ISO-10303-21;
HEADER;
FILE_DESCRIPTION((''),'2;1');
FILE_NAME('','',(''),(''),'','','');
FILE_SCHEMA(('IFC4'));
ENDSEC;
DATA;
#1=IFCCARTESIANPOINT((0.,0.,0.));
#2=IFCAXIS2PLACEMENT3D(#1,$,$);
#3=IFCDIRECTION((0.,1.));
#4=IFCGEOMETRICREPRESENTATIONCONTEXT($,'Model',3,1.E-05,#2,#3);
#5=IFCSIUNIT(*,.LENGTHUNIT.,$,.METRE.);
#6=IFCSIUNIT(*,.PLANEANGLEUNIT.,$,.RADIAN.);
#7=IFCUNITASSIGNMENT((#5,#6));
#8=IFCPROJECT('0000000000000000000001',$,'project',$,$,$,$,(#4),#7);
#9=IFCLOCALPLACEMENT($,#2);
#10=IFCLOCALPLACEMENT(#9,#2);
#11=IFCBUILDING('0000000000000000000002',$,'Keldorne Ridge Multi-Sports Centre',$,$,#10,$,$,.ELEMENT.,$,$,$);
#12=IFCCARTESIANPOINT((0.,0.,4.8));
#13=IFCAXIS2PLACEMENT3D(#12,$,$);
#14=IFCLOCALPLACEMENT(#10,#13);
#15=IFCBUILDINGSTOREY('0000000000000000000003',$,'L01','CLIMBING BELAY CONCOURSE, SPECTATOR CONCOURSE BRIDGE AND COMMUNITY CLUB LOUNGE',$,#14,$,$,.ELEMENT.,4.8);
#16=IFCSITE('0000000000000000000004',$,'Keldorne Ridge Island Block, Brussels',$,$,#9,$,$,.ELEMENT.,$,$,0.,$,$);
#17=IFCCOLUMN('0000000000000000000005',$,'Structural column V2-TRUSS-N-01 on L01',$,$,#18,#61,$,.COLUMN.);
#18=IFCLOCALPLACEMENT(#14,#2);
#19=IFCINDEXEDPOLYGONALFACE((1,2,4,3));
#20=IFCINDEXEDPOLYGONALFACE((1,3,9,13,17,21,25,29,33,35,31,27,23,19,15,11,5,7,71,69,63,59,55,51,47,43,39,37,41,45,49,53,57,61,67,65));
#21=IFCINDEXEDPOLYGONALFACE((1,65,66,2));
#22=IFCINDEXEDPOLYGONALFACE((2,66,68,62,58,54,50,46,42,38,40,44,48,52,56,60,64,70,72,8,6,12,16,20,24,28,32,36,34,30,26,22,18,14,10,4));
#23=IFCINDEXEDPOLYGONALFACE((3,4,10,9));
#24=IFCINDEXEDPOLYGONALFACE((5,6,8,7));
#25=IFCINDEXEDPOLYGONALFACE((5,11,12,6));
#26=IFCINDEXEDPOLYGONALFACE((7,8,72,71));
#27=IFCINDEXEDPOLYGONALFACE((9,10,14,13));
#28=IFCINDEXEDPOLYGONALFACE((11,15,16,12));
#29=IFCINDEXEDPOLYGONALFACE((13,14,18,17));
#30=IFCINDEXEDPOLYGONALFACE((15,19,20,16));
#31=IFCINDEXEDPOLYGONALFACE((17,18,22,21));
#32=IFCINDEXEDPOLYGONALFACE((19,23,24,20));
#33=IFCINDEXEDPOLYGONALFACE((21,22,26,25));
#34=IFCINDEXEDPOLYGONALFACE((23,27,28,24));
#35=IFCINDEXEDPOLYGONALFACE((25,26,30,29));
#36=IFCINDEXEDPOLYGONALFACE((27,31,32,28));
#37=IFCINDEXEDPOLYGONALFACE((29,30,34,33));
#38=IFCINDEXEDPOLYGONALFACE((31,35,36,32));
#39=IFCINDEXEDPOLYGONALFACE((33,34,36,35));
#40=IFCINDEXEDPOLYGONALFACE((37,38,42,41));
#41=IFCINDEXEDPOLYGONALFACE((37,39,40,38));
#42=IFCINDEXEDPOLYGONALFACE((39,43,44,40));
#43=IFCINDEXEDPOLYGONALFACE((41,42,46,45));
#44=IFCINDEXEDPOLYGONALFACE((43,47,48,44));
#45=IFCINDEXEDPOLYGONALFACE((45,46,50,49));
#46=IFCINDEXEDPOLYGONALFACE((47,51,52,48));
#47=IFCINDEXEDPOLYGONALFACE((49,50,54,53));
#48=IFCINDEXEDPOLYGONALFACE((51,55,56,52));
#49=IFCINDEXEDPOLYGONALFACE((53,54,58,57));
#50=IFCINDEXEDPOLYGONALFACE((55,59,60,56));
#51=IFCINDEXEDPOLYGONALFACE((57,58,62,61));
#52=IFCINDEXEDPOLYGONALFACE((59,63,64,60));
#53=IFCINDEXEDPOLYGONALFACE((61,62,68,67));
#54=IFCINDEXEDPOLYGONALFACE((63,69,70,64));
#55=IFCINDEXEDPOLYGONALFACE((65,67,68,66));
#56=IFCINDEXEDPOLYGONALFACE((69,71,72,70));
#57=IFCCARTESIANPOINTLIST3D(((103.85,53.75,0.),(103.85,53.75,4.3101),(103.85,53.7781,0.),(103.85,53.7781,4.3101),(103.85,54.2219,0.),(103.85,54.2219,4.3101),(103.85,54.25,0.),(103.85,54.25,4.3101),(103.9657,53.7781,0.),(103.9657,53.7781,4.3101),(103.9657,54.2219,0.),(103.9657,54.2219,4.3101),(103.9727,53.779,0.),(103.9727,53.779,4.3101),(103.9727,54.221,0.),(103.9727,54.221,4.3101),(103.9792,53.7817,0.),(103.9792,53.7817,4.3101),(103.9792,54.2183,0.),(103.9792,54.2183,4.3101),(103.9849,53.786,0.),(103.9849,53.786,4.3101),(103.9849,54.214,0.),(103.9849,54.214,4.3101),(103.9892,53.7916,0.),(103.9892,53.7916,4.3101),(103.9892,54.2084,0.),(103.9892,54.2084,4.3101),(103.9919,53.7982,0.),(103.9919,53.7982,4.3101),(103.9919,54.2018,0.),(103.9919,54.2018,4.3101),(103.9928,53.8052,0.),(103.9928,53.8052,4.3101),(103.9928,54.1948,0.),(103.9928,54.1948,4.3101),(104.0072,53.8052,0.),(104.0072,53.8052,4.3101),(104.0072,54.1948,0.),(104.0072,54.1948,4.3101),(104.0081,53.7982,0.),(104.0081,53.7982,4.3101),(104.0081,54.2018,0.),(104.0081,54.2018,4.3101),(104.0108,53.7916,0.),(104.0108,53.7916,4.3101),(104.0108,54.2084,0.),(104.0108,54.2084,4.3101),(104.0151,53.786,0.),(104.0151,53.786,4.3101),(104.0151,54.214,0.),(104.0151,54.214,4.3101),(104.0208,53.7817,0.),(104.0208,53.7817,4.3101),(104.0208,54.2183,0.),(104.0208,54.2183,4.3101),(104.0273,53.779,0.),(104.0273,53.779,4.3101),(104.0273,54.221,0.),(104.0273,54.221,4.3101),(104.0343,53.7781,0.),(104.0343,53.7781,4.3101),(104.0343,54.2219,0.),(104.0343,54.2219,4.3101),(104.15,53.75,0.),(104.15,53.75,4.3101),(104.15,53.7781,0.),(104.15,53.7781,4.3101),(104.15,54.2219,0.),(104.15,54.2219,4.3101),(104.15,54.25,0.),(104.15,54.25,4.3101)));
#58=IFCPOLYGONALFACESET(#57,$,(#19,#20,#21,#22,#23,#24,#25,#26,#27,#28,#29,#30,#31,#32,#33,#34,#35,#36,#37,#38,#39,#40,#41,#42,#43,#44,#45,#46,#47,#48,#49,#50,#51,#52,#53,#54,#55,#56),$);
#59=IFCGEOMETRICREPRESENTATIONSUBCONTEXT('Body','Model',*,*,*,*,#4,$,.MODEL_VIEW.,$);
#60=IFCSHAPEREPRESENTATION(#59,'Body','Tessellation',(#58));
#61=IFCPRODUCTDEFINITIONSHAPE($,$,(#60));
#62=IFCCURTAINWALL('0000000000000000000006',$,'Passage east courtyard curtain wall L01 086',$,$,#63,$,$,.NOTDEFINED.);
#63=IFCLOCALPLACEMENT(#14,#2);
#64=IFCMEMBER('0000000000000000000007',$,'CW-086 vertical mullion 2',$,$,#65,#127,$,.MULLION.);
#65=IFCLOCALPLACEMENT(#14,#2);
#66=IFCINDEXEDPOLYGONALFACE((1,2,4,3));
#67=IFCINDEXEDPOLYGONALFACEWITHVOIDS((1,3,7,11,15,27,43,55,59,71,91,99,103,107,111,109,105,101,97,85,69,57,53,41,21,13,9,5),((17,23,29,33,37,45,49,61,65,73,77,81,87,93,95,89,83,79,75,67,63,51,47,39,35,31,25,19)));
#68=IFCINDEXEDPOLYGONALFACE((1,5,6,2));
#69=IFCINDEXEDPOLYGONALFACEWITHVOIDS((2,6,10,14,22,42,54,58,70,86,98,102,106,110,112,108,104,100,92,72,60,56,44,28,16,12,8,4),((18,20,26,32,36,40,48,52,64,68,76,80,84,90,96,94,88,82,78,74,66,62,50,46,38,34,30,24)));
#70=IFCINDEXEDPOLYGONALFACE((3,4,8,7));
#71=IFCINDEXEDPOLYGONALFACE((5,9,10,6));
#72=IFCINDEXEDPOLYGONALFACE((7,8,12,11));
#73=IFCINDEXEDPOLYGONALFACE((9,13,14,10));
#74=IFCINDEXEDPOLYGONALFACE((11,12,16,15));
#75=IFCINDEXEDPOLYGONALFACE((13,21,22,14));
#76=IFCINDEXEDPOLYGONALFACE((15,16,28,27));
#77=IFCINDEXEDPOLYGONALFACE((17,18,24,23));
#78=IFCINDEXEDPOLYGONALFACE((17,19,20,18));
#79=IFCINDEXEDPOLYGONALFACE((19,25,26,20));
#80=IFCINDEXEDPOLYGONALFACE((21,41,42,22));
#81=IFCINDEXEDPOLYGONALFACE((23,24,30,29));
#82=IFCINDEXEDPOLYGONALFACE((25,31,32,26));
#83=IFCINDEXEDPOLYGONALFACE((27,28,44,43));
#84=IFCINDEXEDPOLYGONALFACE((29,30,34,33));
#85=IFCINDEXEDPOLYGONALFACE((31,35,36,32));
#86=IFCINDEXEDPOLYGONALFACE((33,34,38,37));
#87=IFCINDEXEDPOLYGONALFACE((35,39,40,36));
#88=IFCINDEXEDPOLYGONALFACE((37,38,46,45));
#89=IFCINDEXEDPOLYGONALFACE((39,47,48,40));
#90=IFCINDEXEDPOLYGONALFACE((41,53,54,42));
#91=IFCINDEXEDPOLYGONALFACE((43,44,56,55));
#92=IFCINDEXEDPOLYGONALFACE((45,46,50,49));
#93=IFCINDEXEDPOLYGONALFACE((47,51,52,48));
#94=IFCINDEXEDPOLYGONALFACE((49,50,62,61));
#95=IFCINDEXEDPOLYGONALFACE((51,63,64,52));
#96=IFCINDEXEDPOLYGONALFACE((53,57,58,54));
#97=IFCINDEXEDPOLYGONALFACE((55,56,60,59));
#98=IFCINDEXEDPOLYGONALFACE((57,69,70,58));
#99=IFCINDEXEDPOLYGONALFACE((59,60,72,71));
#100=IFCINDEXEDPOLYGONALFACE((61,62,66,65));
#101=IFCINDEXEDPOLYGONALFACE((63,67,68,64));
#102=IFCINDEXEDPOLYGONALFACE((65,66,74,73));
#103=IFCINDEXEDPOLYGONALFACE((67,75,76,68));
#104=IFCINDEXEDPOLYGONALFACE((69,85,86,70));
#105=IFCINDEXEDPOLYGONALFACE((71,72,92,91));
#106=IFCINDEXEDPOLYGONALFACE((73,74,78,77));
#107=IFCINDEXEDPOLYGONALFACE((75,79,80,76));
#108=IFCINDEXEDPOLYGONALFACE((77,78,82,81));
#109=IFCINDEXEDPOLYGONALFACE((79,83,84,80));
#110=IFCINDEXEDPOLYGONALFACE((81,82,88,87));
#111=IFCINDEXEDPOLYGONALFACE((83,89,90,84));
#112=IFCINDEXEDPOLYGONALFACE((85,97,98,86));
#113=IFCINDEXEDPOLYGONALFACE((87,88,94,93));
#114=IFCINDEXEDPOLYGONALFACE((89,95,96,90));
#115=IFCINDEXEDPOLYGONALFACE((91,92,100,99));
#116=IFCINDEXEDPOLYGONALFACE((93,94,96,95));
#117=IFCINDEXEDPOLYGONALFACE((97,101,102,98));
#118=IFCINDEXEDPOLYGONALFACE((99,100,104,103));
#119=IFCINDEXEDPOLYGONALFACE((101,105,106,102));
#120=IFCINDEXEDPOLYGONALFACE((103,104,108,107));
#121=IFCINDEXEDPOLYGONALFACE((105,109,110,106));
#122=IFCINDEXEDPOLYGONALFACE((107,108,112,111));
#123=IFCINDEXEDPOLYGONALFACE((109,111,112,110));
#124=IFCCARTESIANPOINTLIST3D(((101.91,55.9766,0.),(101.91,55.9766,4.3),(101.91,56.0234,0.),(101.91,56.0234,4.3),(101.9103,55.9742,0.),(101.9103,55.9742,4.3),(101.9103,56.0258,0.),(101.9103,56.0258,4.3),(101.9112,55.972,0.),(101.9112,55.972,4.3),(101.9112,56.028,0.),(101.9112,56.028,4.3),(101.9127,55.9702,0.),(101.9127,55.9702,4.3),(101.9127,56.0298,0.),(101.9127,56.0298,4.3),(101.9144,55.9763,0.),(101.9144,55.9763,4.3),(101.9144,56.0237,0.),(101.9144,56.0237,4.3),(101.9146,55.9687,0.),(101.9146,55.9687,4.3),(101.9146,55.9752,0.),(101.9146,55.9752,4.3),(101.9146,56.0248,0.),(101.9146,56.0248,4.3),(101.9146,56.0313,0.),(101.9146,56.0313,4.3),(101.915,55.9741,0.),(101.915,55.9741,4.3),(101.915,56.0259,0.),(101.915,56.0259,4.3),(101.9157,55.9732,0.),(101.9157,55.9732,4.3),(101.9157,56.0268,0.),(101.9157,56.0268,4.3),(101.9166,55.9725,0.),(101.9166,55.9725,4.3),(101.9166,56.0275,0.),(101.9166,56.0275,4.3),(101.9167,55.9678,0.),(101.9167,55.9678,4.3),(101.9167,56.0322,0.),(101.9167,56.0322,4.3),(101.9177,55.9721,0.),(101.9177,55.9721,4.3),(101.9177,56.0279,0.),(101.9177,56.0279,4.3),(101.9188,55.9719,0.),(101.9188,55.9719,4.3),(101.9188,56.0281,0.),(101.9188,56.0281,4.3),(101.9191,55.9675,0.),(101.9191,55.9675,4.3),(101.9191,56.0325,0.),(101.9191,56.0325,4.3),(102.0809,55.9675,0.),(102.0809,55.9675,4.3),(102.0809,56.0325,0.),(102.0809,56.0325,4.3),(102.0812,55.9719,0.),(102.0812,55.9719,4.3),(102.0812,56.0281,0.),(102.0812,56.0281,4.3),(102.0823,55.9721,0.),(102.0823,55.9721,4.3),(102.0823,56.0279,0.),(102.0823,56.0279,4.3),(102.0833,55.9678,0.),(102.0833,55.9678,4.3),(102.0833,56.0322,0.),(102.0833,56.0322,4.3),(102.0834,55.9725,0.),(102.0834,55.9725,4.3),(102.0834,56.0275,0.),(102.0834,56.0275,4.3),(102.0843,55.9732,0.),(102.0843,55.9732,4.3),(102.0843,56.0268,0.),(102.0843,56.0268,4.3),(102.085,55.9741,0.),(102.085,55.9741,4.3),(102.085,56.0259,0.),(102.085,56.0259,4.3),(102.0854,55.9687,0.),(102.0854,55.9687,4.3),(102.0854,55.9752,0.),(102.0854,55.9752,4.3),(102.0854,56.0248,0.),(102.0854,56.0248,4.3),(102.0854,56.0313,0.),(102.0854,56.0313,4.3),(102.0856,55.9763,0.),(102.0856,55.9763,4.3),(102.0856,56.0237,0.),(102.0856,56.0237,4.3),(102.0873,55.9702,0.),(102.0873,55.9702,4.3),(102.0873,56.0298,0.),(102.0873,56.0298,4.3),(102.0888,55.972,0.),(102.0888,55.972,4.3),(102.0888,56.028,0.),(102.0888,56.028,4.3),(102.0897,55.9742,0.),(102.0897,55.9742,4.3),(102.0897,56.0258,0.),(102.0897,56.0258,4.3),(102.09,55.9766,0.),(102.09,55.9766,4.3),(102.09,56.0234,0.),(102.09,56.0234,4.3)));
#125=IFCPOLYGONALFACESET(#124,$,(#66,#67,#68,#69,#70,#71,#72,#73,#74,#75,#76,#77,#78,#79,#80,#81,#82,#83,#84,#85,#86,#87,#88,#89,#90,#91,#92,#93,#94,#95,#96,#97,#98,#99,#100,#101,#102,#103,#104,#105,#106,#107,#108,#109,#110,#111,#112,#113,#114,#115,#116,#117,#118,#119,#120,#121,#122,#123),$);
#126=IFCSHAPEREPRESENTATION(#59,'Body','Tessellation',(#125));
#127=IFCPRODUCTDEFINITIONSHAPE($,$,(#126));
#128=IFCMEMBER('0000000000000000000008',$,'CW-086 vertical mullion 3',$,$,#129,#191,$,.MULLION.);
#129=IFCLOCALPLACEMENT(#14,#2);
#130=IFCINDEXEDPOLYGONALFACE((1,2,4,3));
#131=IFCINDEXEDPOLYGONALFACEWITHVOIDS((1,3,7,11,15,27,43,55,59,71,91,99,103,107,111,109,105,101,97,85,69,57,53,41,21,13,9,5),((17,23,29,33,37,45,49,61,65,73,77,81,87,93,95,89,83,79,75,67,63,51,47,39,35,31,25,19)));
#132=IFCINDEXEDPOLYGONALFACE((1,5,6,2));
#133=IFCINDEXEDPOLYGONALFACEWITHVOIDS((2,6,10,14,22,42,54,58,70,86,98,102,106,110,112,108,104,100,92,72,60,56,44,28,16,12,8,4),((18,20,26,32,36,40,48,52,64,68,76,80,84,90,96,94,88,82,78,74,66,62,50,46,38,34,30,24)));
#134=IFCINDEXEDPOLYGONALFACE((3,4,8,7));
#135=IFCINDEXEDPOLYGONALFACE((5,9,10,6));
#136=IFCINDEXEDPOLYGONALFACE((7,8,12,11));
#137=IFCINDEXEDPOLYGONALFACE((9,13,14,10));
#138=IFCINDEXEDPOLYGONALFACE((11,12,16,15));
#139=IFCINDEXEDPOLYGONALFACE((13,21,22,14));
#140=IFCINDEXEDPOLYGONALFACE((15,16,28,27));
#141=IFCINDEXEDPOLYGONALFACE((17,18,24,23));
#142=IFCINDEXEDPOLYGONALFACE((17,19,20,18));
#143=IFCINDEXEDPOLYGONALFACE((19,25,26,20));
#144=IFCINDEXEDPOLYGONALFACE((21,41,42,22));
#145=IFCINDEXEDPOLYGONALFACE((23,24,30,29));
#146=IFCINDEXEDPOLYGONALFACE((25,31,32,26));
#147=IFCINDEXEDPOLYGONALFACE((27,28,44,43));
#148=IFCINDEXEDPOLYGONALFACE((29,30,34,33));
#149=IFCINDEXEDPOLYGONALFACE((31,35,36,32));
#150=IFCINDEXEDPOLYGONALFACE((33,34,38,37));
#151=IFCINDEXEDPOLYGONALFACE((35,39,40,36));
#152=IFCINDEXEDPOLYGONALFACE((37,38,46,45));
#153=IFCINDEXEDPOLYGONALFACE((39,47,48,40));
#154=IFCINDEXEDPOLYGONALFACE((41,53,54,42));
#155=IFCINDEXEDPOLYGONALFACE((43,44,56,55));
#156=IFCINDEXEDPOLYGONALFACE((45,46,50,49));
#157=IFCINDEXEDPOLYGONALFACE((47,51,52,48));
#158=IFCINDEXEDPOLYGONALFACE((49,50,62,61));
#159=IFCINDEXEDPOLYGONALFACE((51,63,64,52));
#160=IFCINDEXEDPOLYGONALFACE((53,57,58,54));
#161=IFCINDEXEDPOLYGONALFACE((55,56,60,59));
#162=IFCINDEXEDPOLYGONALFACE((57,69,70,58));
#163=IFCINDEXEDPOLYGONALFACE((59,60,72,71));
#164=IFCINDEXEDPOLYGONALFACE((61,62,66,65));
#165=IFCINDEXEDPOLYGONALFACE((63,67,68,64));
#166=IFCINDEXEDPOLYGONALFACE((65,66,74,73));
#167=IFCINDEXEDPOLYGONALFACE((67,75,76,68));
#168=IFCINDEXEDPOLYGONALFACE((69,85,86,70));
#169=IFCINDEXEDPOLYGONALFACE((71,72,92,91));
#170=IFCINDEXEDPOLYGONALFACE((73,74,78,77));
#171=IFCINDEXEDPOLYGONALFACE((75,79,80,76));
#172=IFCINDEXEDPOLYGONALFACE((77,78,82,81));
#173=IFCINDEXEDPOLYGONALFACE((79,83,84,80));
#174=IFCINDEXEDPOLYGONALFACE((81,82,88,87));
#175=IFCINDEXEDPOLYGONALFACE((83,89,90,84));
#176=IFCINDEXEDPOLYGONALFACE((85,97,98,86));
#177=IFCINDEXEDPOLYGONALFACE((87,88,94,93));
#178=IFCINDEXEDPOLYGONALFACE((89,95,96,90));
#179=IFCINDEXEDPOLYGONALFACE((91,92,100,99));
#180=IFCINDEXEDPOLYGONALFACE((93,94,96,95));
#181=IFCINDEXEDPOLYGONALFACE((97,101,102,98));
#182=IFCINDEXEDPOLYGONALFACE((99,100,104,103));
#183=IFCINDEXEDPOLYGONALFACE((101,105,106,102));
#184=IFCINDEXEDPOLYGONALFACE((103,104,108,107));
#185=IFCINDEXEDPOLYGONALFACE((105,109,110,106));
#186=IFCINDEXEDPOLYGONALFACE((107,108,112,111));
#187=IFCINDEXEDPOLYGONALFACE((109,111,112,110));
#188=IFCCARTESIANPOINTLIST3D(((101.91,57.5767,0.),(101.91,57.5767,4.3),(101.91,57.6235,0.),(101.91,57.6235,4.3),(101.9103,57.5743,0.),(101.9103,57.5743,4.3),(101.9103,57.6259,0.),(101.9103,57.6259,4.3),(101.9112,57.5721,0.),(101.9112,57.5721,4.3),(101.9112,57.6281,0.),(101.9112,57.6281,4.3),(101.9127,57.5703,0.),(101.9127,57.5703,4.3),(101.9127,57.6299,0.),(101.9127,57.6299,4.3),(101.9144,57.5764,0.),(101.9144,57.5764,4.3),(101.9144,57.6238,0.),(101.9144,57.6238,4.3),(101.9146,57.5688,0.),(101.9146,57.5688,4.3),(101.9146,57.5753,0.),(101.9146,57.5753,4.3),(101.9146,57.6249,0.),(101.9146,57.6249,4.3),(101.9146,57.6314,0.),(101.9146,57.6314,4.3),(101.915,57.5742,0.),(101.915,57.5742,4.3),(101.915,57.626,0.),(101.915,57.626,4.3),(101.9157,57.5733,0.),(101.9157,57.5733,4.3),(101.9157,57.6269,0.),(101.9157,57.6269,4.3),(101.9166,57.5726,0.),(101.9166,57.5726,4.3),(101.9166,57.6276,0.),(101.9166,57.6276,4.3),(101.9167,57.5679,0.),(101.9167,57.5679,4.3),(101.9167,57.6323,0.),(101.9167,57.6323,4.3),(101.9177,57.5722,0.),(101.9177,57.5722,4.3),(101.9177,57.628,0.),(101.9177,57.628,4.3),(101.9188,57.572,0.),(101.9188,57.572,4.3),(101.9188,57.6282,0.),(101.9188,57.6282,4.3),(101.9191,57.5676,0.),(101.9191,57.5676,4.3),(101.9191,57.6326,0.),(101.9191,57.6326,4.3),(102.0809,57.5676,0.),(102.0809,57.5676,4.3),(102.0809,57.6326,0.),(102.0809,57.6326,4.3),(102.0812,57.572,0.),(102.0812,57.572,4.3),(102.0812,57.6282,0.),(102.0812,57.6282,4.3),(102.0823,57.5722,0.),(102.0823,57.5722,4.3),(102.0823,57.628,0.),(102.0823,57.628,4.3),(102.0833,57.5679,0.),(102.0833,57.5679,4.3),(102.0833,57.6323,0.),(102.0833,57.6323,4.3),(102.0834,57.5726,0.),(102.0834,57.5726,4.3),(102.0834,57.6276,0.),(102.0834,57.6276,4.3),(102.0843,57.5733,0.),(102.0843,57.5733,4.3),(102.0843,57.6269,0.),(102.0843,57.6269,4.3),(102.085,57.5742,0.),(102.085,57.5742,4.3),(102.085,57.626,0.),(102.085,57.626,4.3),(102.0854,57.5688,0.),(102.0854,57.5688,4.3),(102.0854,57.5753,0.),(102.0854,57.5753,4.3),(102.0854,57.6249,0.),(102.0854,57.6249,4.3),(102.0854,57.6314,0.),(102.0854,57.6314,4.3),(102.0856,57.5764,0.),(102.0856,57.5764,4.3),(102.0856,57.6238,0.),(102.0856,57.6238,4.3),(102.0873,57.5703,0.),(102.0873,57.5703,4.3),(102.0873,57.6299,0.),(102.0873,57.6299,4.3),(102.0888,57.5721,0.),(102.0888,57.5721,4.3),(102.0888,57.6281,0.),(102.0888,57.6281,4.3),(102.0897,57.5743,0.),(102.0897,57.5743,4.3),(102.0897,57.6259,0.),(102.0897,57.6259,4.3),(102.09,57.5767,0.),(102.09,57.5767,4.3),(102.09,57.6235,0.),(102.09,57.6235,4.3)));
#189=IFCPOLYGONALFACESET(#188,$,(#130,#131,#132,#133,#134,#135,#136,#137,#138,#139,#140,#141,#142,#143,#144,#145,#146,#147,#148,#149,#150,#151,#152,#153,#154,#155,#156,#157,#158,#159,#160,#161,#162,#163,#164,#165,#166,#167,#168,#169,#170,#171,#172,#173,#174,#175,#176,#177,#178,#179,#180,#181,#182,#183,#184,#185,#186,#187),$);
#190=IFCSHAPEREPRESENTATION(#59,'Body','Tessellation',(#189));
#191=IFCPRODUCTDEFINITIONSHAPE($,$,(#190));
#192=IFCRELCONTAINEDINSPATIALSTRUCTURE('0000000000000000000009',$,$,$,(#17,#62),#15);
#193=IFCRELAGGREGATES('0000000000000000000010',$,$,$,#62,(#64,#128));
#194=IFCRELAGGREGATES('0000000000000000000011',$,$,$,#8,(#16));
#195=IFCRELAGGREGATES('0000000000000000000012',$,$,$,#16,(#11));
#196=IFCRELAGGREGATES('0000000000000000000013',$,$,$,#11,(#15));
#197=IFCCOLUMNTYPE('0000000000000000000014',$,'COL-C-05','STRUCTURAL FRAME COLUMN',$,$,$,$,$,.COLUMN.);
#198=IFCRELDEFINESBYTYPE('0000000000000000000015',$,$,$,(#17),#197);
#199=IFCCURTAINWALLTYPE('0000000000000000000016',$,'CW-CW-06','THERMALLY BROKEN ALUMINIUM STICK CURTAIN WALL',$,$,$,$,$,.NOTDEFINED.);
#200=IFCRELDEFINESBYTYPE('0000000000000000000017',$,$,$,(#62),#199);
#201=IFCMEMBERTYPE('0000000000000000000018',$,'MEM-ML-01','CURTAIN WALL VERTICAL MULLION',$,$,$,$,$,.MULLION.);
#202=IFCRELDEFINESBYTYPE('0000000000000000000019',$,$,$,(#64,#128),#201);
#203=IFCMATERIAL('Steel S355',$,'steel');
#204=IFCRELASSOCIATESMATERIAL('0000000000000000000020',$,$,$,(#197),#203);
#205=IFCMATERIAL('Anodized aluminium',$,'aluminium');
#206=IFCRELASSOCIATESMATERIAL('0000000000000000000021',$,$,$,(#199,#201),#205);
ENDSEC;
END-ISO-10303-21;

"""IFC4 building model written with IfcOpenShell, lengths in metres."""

from ifc_helpers import new_model, si_unit, direction, frame, origin, origin_2d, place, context, subcontext, project, spatial, hollow_rectangle, i_section, extrude, material, material_profile, profile_set, type_object, element, aggregate, save


model = new_model("IFC4")

# Units and contexts
model_context = context("Model", 3, precision=1e-05, world=origin(), true_north=direction((0.0, 1.0)))
body_context = subcontext(model_context, "Body", "Model", "MODEL_VIEW")
ifc_project = project(units=[si_unit("LENGTHUNIT", "METRE"), si_unit("PLANEANGLEUNIT", "RADIAN")], contexts=[model_context])

# Site, building, storey
site_placement = place(None, origin())
site = spatial("IfcSite", under=ifc_project, at=site_placement, Name="Keldorne Ridge Island Block, Brussels", CompositionType="ELEMENT", RefElevation=0.0)
building_placement = place(site_placement, origin())
building = spatial("IfcBuilding", under=site, at=building_placement, Name="Keldorne Ridge Multi-Sports Centre", CompositionType="ELEMENT")
storey_placement = place(building_placement, frame((0.0, 0.0, 4.8)))
storey = spatial("IfcBuildingStorey", under=building, at=storey_placement, Name="L01", Description="CLIMBING BELAY CONCOURSE, SPECTATOR CONCOURSE BRIDGE AND COMMUNITY CLUB LOUNGE", CompositionType="ELEMENT", Elevation=4.8)

# Column
ifc_material_1 = material(Name="Steel S355", Category="steel")
ifc_material_profile_1 = material_profile(ifc_material_1, i_section(OverallWidth=0.3, OverallDepth=0.5, WebThickness=0.0144, FlangeThickness=0.0281, FilletRadius=0.0271, at=origin_2d()), Name="HEB 500")
ifc_profile_set_1 = profile_set([ifc_material_profile_1], Name="Steel S355")
column_type = type_object("IfcColumnType", Name="COL-C-05", Description="STRUCTURAL FRAME COLUMN", PredefinedType="COLUMN", material=ifc_profile_set_1)
column_placement = place(storey_placement, frame((104.0, 54.0, 0.0), z_axis=(0.0, 0.0, 1.0), x_axis=(1.0, 0.0, 0.0)))
element("IfcColumn", 1, at=column_placement, inside=storey, type_object=column_type, Name="Structural column V2-TRUSS-N-01 on L01", PredefinedType="COLUMN", context=body_context, shape_type="SweptSolid", body=[
    extrude(i_section(OverallWidth=0.3, OverallDepth=0.5, WebThickness=0.0144, FlangeThickness=0.0281, FilletRadius=0.0271, at=origin_2d()), origin(), (0.0, 0.0, 1.0), 4.3101),
])

# Curtain wall, members
ifc_material_2 = material(Name="Anodized aluminium", Category="aluminium")
curtain_wall_type = type_object("IfcCurtainWallType", Name="CW-CW-06", Description="THERMALLY BROKEN ALUMINIUM STICK CURTAIN WALL", PredefinedType="NOTDEFINED", material=ifc_material_2)
curtain_wall_placement = place(storey_placement, origin())
curtain_wall = element("IfcCurtainWall", 2, at=curtain_wall_placement, inside=storey, type_object=curtain_wall_type, Name="Passage east courtyard curtain wall L01 086", PredefinedType="NOTDEFINED")
ifc_material_profile_2 = material_profile(ifc_material_2, hollow_rectangle(XDim=0.0649, YDim=0.1799, WallThickness=0.0044, InnerFilletRadius=0.0044, OuterFilletRadius=0.009, at=origin_2d()), Name="ALU MULLION 180x65x4.5")
ifc_profile_set_2 = profile_set([ifc_material_profile_2], Name="Anodized aluminium")
member_type_1 = type_object("IfcMemberType", Name="MEM-ML-01", Description="CURTAIN WALL VERTICAL MULLION", PredefinedType="MULLION", material=ifc_profile_set_2)
member_1_placement = place(storey_placement, frame((102.0, 56.0, 0.0), z_axis=(0.0, 0.0, 1.0), x_axis=(0.0, 1.0, 0.0)))
member_1 = element("IfcMember", 3, at=member_1_placement, type_object=member_type_1, Name="CW-086 vertical mullion 2", PredefinedType="MULLION", context=body_context, shape_type="SweptSolid", body=[
    extrude(hollow_rectangle(XDim=0.0649, YDim=0.1799, WallThickness=0.0044, InnerFilletRadius=0.0044, OuterFilletRadius=0.009, at=origin_2d()), origin(), (0.0, 0.0, 1.0), 4.3),
])
member_2_placement = place(storey_placement, frame((102.0, 57.6001, 0.0), z_axis=(0.0, 0.0, 1.0), x_axis=(0.0, 1.0, 0.0)))
member_2 = element("IfcMember", 4, at=member_2_placement, type_object=member_type_1, Name="CW-086 vertical mullion 3", PredefinedType="MULLION", context=body_context, shape_type="SweptSolid", body=[
    extrude(hollow_rectangle(XDim=0.0649, YDim=0.1799, WallThickness=0.0044, InnerFilletRadius=0.0044, OuterFilletRadius=0.009, at=origin_2d()), origin(), (0.0, 0.0, 1.0), 4.3),
])

aggregate(curtain_wall, [member_1, member_2])

save(model, "model.ifc")
